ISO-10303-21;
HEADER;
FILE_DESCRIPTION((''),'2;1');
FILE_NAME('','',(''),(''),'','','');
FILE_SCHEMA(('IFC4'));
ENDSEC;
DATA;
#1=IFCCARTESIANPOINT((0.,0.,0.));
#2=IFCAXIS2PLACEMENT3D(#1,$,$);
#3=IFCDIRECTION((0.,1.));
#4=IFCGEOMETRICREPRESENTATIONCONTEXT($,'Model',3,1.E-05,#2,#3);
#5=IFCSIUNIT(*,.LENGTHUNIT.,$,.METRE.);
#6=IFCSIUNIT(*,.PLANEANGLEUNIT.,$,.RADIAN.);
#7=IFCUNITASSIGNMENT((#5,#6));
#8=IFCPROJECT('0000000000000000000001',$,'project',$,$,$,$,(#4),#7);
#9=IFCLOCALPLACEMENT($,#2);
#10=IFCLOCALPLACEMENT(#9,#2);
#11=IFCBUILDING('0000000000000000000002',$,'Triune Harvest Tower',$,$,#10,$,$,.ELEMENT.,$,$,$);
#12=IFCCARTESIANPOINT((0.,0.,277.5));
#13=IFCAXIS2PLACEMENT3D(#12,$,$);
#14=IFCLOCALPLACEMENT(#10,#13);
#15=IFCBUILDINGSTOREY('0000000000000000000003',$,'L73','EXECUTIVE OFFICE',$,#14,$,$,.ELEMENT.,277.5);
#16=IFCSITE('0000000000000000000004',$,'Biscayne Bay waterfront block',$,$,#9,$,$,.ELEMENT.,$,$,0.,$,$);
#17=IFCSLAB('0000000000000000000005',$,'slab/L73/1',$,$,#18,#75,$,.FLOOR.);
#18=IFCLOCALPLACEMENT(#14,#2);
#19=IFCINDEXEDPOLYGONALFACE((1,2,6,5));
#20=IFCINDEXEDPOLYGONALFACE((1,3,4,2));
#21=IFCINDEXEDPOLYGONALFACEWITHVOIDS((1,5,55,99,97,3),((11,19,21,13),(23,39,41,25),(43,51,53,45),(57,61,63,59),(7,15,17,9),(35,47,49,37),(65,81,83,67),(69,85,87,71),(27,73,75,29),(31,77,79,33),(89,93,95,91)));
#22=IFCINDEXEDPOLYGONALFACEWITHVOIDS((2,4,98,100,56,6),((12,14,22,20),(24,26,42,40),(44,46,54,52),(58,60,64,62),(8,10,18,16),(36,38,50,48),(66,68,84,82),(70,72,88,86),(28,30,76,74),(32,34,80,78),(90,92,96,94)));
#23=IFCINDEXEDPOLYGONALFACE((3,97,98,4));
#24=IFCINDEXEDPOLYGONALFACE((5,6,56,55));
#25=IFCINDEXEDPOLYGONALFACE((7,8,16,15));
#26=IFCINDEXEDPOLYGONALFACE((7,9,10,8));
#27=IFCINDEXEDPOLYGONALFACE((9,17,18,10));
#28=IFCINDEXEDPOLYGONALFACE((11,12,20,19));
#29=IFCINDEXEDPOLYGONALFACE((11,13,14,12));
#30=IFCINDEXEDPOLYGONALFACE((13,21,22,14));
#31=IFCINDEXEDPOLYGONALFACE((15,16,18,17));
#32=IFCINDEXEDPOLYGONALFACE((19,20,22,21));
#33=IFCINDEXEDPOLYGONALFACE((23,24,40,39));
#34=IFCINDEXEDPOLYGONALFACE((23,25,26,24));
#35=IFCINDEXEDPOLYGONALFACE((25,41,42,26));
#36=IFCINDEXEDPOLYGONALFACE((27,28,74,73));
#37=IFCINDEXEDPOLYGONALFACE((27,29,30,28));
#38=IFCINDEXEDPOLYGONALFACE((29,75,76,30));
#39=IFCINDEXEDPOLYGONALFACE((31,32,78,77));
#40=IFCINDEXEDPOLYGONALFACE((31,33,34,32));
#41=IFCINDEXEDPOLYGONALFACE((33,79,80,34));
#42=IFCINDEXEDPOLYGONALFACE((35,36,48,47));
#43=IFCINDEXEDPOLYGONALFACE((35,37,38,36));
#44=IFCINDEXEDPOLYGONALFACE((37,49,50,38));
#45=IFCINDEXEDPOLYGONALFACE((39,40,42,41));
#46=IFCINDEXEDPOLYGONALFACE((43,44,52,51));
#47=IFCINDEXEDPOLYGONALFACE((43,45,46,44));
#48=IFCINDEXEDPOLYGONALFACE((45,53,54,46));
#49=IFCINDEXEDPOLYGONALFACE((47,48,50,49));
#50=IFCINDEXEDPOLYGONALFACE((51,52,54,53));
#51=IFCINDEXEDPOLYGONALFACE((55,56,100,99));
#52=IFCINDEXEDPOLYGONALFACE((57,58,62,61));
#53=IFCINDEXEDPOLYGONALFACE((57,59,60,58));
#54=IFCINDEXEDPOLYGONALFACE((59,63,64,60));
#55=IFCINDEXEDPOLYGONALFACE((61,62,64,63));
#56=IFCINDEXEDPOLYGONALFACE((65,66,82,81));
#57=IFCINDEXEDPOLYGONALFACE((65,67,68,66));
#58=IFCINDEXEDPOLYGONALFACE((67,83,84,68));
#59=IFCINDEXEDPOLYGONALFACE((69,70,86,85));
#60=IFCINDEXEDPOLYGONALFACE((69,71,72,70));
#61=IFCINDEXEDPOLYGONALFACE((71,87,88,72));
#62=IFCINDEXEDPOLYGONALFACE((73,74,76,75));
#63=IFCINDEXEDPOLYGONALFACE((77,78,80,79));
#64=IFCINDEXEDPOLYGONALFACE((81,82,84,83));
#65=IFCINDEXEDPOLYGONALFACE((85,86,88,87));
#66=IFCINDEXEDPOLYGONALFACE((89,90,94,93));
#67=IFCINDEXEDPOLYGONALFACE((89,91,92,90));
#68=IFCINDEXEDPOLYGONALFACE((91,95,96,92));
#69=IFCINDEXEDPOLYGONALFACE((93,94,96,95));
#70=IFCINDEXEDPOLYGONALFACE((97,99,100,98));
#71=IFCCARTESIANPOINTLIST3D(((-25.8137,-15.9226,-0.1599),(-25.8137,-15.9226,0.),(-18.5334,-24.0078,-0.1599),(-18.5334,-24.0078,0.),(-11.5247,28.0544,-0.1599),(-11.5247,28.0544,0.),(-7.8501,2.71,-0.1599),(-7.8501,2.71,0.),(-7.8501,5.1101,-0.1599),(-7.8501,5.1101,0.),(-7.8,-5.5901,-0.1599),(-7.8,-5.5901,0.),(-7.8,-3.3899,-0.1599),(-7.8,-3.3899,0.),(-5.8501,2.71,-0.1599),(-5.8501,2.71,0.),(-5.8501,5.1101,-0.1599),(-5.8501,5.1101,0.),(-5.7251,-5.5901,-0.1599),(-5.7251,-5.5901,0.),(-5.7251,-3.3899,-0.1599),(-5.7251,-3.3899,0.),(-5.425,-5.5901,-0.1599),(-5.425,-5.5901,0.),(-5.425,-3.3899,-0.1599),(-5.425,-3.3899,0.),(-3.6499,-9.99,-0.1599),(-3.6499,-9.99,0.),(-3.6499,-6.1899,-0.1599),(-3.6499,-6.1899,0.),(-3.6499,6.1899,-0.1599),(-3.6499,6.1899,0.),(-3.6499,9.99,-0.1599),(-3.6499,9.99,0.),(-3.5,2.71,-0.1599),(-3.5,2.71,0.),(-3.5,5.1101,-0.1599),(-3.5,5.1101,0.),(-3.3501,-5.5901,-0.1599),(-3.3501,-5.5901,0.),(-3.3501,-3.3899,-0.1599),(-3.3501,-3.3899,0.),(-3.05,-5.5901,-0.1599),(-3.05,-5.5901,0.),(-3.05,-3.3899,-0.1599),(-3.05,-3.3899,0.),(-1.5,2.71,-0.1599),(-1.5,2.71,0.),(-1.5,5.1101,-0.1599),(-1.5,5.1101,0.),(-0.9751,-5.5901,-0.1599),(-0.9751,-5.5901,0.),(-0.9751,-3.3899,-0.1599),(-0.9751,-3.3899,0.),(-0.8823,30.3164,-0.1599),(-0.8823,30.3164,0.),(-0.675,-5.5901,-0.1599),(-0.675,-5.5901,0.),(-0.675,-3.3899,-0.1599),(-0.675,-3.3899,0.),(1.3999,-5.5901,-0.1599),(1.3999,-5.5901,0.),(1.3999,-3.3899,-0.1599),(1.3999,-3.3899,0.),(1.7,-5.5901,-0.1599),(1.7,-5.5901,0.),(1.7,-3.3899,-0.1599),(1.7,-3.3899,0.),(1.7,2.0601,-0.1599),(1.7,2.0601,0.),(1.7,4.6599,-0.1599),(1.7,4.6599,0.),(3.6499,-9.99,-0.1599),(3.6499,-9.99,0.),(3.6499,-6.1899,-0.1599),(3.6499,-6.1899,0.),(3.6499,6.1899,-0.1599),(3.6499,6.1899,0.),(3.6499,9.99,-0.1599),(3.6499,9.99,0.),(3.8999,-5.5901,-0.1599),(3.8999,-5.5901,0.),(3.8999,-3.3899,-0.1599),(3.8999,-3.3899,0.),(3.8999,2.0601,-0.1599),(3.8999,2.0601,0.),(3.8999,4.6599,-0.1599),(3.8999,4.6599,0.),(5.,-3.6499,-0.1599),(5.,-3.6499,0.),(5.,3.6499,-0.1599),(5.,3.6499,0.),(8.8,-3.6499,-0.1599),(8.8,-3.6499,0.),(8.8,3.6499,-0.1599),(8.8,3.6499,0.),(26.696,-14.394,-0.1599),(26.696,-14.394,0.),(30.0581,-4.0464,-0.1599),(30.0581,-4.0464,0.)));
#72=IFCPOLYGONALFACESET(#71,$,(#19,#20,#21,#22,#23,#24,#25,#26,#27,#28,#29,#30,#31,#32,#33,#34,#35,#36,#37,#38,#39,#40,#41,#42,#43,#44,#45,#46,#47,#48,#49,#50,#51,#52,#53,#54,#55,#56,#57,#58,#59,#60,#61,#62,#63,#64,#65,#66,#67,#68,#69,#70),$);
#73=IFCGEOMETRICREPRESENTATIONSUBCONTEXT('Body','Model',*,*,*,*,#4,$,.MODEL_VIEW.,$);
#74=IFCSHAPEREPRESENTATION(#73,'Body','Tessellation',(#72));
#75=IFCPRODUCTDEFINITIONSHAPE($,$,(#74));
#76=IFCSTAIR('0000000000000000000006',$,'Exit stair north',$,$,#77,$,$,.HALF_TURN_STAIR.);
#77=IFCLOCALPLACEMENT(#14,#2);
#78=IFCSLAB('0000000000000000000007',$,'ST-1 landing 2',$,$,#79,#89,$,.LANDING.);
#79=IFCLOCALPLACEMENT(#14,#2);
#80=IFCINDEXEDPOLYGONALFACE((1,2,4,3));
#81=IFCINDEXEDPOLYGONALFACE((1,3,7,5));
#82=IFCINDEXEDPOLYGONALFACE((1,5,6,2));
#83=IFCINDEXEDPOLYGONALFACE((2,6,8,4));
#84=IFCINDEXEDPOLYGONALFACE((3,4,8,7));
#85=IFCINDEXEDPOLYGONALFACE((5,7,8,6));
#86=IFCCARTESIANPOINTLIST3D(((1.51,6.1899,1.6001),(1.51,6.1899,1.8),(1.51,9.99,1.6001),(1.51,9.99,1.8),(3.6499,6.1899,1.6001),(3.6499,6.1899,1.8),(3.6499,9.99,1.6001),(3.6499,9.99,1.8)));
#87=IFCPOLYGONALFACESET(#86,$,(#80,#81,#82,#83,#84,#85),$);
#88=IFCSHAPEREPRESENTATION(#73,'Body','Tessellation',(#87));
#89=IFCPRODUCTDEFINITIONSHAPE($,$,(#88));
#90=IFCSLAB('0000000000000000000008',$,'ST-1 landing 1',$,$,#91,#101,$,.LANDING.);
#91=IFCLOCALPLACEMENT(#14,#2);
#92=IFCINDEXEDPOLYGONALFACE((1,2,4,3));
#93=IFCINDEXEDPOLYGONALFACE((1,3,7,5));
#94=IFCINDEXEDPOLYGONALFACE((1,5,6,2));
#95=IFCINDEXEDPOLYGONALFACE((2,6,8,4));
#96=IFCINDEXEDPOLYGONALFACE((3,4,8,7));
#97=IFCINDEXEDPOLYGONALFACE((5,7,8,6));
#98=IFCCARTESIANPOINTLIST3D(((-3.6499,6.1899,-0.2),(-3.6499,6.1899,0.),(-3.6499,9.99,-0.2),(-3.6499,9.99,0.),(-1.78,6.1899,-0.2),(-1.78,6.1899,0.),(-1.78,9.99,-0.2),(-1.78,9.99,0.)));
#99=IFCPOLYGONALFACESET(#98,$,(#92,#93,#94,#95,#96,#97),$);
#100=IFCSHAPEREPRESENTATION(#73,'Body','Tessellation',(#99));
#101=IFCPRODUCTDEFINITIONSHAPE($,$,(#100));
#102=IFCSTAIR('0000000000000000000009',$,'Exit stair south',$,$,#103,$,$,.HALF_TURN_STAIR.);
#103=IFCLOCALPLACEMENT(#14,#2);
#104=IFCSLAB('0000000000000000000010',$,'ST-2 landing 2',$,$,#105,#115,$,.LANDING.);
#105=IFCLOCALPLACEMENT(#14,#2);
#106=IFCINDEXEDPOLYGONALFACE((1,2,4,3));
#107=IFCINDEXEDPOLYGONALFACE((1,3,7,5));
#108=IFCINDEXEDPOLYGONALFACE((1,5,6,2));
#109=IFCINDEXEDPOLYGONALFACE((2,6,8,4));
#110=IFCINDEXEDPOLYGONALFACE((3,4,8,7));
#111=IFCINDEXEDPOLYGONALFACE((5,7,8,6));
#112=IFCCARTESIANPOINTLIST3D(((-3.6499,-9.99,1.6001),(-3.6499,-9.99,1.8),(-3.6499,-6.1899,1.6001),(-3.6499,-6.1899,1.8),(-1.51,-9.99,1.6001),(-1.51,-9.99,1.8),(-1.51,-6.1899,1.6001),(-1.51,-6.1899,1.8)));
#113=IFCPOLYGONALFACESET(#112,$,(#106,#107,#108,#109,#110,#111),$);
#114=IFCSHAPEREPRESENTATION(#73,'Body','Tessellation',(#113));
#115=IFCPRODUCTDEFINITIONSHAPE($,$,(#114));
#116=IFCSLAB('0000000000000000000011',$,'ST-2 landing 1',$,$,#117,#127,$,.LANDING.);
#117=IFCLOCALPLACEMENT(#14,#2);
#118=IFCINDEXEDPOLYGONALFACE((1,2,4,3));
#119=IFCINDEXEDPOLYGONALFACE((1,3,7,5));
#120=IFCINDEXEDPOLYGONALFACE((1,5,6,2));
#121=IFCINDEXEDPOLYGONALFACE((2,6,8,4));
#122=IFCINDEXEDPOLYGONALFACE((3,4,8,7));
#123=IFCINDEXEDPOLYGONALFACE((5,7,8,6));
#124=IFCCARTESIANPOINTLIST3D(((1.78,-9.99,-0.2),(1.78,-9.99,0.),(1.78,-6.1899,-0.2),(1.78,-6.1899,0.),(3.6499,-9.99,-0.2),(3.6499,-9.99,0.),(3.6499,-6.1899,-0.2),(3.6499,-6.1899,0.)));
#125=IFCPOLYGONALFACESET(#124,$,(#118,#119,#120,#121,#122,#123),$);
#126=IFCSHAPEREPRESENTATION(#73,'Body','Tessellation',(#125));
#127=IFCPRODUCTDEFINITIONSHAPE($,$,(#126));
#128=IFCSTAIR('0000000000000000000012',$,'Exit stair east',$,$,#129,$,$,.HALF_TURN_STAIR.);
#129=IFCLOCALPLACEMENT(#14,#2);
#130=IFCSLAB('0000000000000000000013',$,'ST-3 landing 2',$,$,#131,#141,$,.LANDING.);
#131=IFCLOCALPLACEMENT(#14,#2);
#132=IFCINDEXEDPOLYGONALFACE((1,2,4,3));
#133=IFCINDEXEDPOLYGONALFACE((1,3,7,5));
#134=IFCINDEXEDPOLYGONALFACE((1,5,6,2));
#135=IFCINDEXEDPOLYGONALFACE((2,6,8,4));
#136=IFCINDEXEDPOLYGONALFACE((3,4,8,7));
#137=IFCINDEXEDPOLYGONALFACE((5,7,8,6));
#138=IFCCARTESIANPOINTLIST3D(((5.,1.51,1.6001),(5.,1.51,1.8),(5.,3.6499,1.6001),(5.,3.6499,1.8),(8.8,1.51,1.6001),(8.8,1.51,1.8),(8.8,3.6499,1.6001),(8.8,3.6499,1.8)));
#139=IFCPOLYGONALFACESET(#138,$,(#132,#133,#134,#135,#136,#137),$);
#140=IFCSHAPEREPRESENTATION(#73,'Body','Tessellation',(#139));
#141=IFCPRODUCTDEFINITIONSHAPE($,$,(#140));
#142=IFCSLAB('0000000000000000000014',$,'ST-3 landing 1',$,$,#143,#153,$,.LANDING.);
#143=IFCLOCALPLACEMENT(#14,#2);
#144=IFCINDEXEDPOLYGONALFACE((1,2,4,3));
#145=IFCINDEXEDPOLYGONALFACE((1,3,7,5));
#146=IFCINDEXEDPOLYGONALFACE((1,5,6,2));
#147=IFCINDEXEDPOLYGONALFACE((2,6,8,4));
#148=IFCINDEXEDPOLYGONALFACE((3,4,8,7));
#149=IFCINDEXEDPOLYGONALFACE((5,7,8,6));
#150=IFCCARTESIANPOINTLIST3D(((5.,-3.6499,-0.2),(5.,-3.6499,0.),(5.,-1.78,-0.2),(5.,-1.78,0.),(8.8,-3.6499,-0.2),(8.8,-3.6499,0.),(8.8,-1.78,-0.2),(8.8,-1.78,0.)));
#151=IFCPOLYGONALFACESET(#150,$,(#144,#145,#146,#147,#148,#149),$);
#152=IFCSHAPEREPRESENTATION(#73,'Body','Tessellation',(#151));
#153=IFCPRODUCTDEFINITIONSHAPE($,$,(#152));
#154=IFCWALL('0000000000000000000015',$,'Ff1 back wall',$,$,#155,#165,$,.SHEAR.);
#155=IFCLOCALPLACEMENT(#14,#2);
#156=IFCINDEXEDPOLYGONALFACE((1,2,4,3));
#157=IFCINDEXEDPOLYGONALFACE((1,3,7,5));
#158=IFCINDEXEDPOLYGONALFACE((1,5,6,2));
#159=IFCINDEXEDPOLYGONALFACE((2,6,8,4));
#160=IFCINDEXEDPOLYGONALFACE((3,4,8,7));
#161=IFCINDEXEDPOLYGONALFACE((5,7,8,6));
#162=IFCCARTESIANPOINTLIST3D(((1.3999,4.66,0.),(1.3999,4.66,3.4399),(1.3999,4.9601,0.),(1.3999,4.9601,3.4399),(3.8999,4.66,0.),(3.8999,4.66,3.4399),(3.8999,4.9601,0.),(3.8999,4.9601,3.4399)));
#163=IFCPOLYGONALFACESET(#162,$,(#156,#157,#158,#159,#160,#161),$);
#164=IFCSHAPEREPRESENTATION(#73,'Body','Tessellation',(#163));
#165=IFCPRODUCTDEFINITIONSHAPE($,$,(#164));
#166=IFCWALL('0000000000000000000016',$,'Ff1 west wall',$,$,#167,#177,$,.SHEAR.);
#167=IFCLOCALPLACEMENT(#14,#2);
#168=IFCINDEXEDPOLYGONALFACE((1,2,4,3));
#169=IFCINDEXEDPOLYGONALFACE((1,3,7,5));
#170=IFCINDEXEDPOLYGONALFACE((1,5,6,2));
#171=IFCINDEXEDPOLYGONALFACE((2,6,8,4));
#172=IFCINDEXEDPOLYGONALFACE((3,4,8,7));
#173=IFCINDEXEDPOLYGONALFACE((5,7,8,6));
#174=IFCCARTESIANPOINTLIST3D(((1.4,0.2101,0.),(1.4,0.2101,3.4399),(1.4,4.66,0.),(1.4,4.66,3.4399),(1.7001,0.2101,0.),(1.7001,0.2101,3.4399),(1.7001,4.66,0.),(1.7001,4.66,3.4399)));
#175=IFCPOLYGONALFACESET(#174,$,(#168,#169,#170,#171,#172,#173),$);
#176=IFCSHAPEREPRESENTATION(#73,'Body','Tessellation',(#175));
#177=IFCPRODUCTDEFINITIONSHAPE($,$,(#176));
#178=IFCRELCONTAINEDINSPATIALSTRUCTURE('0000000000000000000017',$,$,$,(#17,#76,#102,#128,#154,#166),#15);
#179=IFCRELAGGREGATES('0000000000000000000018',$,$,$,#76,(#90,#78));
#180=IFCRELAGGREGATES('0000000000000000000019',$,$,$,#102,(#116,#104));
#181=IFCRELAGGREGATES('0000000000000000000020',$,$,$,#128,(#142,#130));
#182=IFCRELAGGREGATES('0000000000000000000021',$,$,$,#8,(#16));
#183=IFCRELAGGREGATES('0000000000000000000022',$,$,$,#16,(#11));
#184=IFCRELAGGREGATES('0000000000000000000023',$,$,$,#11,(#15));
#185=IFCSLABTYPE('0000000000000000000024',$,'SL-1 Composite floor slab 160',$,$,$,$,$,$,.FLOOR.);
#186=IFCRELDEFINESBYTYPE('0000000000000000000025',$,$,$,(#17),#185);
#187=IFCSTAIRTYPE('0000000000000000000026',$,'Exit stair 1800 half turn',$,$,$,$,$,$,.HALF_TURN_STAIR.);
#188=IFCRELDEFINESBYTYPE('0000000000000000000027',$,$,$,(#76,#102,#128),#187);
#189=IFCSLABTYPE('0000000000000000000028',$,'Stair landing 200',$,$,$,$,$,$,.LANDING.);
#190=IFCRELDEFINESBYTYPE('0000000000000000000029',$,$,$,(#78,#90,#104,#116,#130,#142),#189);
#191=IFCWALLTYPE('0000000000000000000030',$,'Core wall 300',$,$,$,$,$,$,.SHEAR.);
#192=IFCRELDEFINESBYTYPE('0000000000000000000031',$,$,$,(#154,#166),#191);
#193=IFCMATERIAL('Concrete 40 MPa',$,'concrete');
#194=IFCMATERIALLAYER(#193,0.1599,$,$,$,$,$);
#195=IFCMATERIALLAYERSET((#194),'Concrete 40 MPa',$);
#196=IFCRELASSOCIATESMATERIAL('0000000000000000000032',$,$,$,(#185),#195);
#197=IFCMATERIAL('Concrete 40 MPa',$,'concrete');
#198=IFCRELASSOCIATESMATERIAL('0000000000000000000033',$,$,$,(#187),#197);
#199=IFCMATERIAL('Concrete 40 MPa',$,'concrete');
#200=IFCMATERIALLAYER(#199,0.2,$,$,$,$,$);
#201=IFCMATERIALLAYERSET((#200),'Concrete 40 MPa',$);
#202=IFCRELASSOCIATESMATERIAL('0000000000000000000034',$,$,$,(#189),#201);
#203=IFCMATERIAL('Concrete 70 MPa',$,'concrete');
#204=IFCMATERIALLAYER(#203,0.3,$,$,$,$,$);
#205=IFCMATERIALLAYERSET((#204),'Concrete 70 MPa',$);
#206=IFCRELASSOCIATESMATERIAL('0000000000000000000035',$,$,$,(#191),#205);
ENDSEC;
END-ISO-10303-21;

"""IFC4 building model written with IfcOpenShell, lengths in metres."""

from ifc_helpers import new_model, si_unit, direction, frame, frame_2d, origin, place, context, subcontext, project, spatial, polyline, rectangle, outline, extrude, source, transform, mapped, material, layer, layer_set, type_object, element, aggregate, save


model = new_model("IFC4")

# Units and contexts
model_context = context("Model", 3, precision=1e-05, world=origin(), true_north=direction((0.0, 1.0)))
body_context = subcontext(model_context, "Body", "Model", "MODEL_VIEW")
ifc_project = project(units=[si_unit("LENGTHUNIT", "METRE"), si_unit("PLANEANGLEUNIT", "RADIAN")], contexts=[model_context])

# Site, building, storey
site_placement = place(None, origin())
site = spatial("IfcSite", under=ifc_project, at=site_placement, Name="Biscayne Bay waterfront block", CompositionType="ELEMENT", RefElevation=0.0)
building_placement = place(site_placement, origin())
building = spatial("IfcBuilding", under=site, at=building_placement, Name="Triune Harvest Tower", CompositionType="ELEMENT")
storey_placement = place(building_placement, frame((0.0, 0.0, 277.5)))
storey = spatial("IfcBuildingStorey", under=building, at=storey_placement, Name="L73", Description="EXECUTIVE OFFICE", CompositionType="ELEMENT", Elevation=277.5)

# Slab
ifc_material_1 = material(Name="Concrete 40 MPa", Category="concrete")
ifc_layer_1 = layer(ifc_material_1, 0.1599)
ifc_layer_set_1 = layer_set([ifc_layer_1], Name="Concrete 40 MPa")
slab_type_1 = type_object("IfcSlabType", Name="SL-1 Composite floor slab 160", PredefinedType="FLOOR", material=ifc_layer_set_1)
shared_shape_1 = source(origin(), body_context, "Body", "SweptSolid", [
    extrude(outline(polyline([(30.0581, -4.0464), (-0.8823, 30.3164), (-11.5247, 28.0544), (-25.8137, -15.9226), (-18.5334, -24.0078), (26.696, -14.394), (30.0581, -4.0464)]), holes=[polyline([(-5.7251, -5.5901), (-5.7251, -3.3899), (-7.8, -3.3899), (-7.8, -5.5901), (-5.7251, -5.5901)]), polyline([(-3.3501, -5.5901), (-3.3501, -3.3899), (-5.425, -3.3899), (-5.425, -5.5901), (-3.3501, -5.5901)]), polyline([(-0.9751, -5.5901), (-0.9751, -3.3899), (-3.05, -3.3899), (-3.05, -5.5901), (-0.9751, -5.5901)]), polyline([(1.3999, -5.5901), (1.3999, -3.3899), (-0.675, -3.3899), (-0.675, -5.5901), (1.3999, -5.5901)]), polyline([(3.8999, 2.0601), (3.8999, 4.6599), (1.7, 4.6599), (1.7, 2.0601), (3.8999, 2.0601)]), polyline([(3.8999, -5.5901), (3.8999, -3.3899), (1.7, -3.3899), (1.7, -5.5901), (3.8999, -5.5901)]), polyline([(-5.8501, 2.71), (-5.8501, 5.1101), (-7.8501, 5.1101), (-7.8501, 2.71), (-5.8501, 2.71)]), polyline([(-1.5, 2.71), (-1.5, 5.1101), (-3.5, 5.1101), (-3.5, 2.71), (-1.5, 2.71)]), polyline([(3.6499, 6.1899), (3.6499, 9.99), (-3.6499, 9.99), (-3.6499, 6.1899), (3.6499, 6.1899)]), polyline([(3.6499, -9.99), (3.6499, -6.1899), (-3.6499, -6.1899), (-3.6499, -9.99), (3.6499, -9.99)]), polyline([(8.8, -3.6499), (8.8, 3.6499), (5.0, 3.6499), (5.0, -3.6499), (8.8, -3.6499)])]), origin(), (0.0, 0.0, 1.0), 0.1599),
])
slab_1_placement = place(storey_placement, frame((0.0, 0.0, -0.1599)))
element("IfcSlab", 1, at=slab_1_placement, inside=storey, type_object=slab_type_1, Name="slab/L73/1", PredefinedType="FLOOR", context=body_context, shape_type="MappedRepresentation", body=[
    mapped(shared_shape_1, transform((0.0, 0.0, 0.0), scale=1.0)),
])

# Stairs, slabs
ifc_material_2 = material(Name="Concrete 40 MPa", Category="concrete")
stair_type = type_object("IfcStairType", Name="Exit stair 1800 half turn", PredefinedType="HALF_TURN_STAIR", material=ifc_material_2)
stair_1_placement = place(storey_placement, origin())
stair_1 = element("IfcStair", 2, at=stair_1_placement, inside=storey, type_object=stair_type, Name="Exit stair north", PredefinedType="HALF_TURN_STAIR")
ifc_material_3 = material(Name="Concrete 40 MPa", Category="concrete")
ifc_layer_2 = layer(ifc_material_3, 0.2)
ifc_layer_set_2 = layer_set([ifc_layer_2], Name="Concrete 40 MPa")
slab_type_2 = type_object("IfcSlabType", Name="Stair landing 200", PredefinedType="LANDING", material=ifc_layer_set_2)
shared_shape_2 = source(origin(), body_context, "Body", "SweptSolid", [
    extrude(outline(polyline([(1.51, 6.1899), (3.6499, 6.1899), (3.6499, 9.99), (1.51, 9.99), (1.51, 6.1899)])), origin(), (0.0, 0.0, 1.0), 0.2),
])
slab_2_placement = place(storey_placement, frame((0.0, 0.0, 1.6001)))
slab_2 = element("IfcSlab", 3, at=slab_2_placement, type_object=slab_type_2, Name="ST-1 landing 2", PredefinedType="LANDING", context=body_context, shape_type="MappedRepresentation", body=[
    mapped(shared_shape_2, transform((0.0, 0.0, 0.0), scale=1.0)),
])
shared_shape_3 = source(origin(), body_context, "Body", "SweptSolid", [
    extrude(outline(polyline([(-3.6499, 6.1899), (-1.78, 6.1899), (-1.78, 9.99), (-3.6499, 9.99), (-3.6499, 6.1899)])), origin(), (0.0, 0.0, 1.0), 0.2),
])
slab_3_placement = place(storey_placement, frame((0.0, 0.0, -0.2)))
slab_3 = element("IfcSlab", 4, at=slab_3_placement, type_object=slab_type_2, Name="ST-1 landing 1", PredefinedType="LANDING", context=body_context, shape_type="MappedRepresentation", body=[
    mapped(shared_shape_3, transform((0.0, 0.0, 0.0), scale=1.0)),
])
aggregate(stair_1, [slab_3, slab_2])
stair_2_placement = place(storey_placement, origin())
stair_2 = element("IfcStair", 5, at=stair_2_placement, inside=storey, type_object=stair_type, Name="Exit stair south", PredefinedType="HALF_TURN_STAIR")
shared_shape_4 = source(origin(), body_context, "Body", "SweptSolid", [
    extrude(outline(polyline([(-1.51, -6.1899), (-3.6499, -6.1899), (-3.6499, -9.99), (-1.51, -9.99), (-1.51, -6.1899)])), origin(), (0.0, 0.0, 1.0), 0.2),
])
slab_4_placement = place(storey_placement, frame((0.0, 0.0, 1.6001)))
slab_4 = element("IfcSlab", 6, at=slab_4_placement, type_object=slab_type_2, Name="ST-2 landing 2", PredefinedType="LANDING", context=body_context, shape_type="MappedRepresentation", body=[
    mapped(shared_shape_4, transform((0.0, 0.0, 0.0), scale=1.0)),
])
shared_shape_5 = source(origin(), body_context, "Body", "SweptSolid", [
    extrude(outline(polyline([(3.6499, -6.1899), (1.78, -6.1899), (1.78, -9.99), (3.6499, -9.99), (3.6499, -6.1899)])), origin(), (0.0, 0.0, 1.0), 0.2),
])
slab_5_placement = place(storey_placement, frame((0.0, 0.0, -0.2)))
slab_5 = element("IfcSlab", 7, at=slab_5_placement, type_object=slab_type_2, Name="ST-2 landing 1", PredefinedType="LANDING", context=body_context, shape_type="MappedRepresentation", body=[
    mapped(shared_shape_5, transform((0.0, 0.0, 0.0), scale=1.0)),
])
aggregate(stair_2, [slab_5, slab_4])
stair_3_placement = place(storey_placement, origin())
stair_3 = element("IfcStair", 8, at=stair_3_placement, inside=storey, type_object=stair_type, Name="Exit stair east", PredefinedType="HALF_TURN_STAIR")
shared_shape_6 = source(origin(), body_context, "Body", "SweptSolid", [
    extrude(outline(polyline([(8.8, 1.51), (8.8, 3.6499), (5.0, 3.6499), (5.0, 1.51), (8.8, 1.51)])), origin(), (0.0, 0.0, 1.0), 0.2),
])
slab_6_placement = place(storey_placement, frame((0.0, 0.0, 1.6001)))
slab_6 = element("IfcSlab", 9, at=slab_6_placement, type_object=slab_type_2, Name="ST-3 landing 2", PredefinedType="LANDING", context=body_context, shape_type="MappedRepresentation", body=[
    mapped(shared_shape_6, transform((0.0, 0.0, 0.0), scale=1.0)),
])
shared_shape_7 = source(origin(), body_context, "Body", "SweptSolid", [
    extrude(outline(polyline([(8.8, -3.6499), (8.8, -1.78), (5.0, -1.78), (5.0, -3.6499), (8.8, -3.6499)])), origin(), (0.0, 0.0, 1.0), 0.2),
])
slab_7_placement = place(storey_placement, frame((0.0, 0.0, -0.2)))
slab_7 = element("IfcSlab", 10, at=slab_7_placement, type_object=slab_type_2, Name="ST-3 landing 1", PredefinedType="LANDING", context=body_context, shape_type="MappedRepresentation", body=[
    mapped(shared_shape_7, transform((0.0, 0.0, 0.0), scale=1.0)),
])

# Walls
ifc_material_4 = material(Name="Concrete 70 MPa", Category="concrete")
ifc_layer_3 = layer(ifc_material_4, 0.3)
ifc_layer_set_3 = layer_set([ifc_layer_3], Name="Concrete 70 MPa")
wall_type_1 = type_object("IfcWallType", Name="Core wall 300", PredefinedType="SHEAR", material=ifc_layer_set_3)
shared_shape_8 = source(origin(), body_context, "Body", "SweptSolid", [
    extrude(rectangle(XDim=2.5, YDim=0.3, at=frame_2d((1.25, 0.0))), origin(), (0.0, 0.0, 1.0), 3.4399),
])
wall_1_placement = place(storey_placement, frame((1.3999, 4.8101, 0.0), z_axis=(0.0, 0.0, 1.0), x_axis=(1.0, 0.0, 0.0)))
element("IfcWall", 11, at=wall_1_placement, inside=storey, type_object=wall_type_1, Name="Ff1 back wall", PredefinedType="SHEAR", context=body_context, shape_type="MappedRepresentation", body=[
    mapped(shared_shape_8, transform((0.0, 0.0, 0.0), scale=1.0)),
])
shared_shape_9 = source(origin(), body_context, "Body", "SweptSolid", [
    extrude(rectangle(XDim=4.45, YDim=0.3, at=frame_2d((2.2251, 0.0))), origin(), (0.0, 0.0, 1.0), 3.4399),
])
wall_2_placement = place(storey_placement, frame((1.55, 0.21, 0.0), z_axis=(0.0, 0.0, 1.0), x_axis=(0.0, 1.0, 0.0)))
element("IfcWall", 12, at=wall_2_placement, inside=storey, type_object=wall_type_1, Name="Ff1 west wall", PredefinedType="SHEAR", context=body_context, shape_type="MappedRepresentation", body=[
    mapped(shared_shape_9, transform((0.0, 0.0, 0.0), scale=1.0)),
])

aggregate(stair_3, [slab_7, slab_6])

save(model, "model.ifc")
